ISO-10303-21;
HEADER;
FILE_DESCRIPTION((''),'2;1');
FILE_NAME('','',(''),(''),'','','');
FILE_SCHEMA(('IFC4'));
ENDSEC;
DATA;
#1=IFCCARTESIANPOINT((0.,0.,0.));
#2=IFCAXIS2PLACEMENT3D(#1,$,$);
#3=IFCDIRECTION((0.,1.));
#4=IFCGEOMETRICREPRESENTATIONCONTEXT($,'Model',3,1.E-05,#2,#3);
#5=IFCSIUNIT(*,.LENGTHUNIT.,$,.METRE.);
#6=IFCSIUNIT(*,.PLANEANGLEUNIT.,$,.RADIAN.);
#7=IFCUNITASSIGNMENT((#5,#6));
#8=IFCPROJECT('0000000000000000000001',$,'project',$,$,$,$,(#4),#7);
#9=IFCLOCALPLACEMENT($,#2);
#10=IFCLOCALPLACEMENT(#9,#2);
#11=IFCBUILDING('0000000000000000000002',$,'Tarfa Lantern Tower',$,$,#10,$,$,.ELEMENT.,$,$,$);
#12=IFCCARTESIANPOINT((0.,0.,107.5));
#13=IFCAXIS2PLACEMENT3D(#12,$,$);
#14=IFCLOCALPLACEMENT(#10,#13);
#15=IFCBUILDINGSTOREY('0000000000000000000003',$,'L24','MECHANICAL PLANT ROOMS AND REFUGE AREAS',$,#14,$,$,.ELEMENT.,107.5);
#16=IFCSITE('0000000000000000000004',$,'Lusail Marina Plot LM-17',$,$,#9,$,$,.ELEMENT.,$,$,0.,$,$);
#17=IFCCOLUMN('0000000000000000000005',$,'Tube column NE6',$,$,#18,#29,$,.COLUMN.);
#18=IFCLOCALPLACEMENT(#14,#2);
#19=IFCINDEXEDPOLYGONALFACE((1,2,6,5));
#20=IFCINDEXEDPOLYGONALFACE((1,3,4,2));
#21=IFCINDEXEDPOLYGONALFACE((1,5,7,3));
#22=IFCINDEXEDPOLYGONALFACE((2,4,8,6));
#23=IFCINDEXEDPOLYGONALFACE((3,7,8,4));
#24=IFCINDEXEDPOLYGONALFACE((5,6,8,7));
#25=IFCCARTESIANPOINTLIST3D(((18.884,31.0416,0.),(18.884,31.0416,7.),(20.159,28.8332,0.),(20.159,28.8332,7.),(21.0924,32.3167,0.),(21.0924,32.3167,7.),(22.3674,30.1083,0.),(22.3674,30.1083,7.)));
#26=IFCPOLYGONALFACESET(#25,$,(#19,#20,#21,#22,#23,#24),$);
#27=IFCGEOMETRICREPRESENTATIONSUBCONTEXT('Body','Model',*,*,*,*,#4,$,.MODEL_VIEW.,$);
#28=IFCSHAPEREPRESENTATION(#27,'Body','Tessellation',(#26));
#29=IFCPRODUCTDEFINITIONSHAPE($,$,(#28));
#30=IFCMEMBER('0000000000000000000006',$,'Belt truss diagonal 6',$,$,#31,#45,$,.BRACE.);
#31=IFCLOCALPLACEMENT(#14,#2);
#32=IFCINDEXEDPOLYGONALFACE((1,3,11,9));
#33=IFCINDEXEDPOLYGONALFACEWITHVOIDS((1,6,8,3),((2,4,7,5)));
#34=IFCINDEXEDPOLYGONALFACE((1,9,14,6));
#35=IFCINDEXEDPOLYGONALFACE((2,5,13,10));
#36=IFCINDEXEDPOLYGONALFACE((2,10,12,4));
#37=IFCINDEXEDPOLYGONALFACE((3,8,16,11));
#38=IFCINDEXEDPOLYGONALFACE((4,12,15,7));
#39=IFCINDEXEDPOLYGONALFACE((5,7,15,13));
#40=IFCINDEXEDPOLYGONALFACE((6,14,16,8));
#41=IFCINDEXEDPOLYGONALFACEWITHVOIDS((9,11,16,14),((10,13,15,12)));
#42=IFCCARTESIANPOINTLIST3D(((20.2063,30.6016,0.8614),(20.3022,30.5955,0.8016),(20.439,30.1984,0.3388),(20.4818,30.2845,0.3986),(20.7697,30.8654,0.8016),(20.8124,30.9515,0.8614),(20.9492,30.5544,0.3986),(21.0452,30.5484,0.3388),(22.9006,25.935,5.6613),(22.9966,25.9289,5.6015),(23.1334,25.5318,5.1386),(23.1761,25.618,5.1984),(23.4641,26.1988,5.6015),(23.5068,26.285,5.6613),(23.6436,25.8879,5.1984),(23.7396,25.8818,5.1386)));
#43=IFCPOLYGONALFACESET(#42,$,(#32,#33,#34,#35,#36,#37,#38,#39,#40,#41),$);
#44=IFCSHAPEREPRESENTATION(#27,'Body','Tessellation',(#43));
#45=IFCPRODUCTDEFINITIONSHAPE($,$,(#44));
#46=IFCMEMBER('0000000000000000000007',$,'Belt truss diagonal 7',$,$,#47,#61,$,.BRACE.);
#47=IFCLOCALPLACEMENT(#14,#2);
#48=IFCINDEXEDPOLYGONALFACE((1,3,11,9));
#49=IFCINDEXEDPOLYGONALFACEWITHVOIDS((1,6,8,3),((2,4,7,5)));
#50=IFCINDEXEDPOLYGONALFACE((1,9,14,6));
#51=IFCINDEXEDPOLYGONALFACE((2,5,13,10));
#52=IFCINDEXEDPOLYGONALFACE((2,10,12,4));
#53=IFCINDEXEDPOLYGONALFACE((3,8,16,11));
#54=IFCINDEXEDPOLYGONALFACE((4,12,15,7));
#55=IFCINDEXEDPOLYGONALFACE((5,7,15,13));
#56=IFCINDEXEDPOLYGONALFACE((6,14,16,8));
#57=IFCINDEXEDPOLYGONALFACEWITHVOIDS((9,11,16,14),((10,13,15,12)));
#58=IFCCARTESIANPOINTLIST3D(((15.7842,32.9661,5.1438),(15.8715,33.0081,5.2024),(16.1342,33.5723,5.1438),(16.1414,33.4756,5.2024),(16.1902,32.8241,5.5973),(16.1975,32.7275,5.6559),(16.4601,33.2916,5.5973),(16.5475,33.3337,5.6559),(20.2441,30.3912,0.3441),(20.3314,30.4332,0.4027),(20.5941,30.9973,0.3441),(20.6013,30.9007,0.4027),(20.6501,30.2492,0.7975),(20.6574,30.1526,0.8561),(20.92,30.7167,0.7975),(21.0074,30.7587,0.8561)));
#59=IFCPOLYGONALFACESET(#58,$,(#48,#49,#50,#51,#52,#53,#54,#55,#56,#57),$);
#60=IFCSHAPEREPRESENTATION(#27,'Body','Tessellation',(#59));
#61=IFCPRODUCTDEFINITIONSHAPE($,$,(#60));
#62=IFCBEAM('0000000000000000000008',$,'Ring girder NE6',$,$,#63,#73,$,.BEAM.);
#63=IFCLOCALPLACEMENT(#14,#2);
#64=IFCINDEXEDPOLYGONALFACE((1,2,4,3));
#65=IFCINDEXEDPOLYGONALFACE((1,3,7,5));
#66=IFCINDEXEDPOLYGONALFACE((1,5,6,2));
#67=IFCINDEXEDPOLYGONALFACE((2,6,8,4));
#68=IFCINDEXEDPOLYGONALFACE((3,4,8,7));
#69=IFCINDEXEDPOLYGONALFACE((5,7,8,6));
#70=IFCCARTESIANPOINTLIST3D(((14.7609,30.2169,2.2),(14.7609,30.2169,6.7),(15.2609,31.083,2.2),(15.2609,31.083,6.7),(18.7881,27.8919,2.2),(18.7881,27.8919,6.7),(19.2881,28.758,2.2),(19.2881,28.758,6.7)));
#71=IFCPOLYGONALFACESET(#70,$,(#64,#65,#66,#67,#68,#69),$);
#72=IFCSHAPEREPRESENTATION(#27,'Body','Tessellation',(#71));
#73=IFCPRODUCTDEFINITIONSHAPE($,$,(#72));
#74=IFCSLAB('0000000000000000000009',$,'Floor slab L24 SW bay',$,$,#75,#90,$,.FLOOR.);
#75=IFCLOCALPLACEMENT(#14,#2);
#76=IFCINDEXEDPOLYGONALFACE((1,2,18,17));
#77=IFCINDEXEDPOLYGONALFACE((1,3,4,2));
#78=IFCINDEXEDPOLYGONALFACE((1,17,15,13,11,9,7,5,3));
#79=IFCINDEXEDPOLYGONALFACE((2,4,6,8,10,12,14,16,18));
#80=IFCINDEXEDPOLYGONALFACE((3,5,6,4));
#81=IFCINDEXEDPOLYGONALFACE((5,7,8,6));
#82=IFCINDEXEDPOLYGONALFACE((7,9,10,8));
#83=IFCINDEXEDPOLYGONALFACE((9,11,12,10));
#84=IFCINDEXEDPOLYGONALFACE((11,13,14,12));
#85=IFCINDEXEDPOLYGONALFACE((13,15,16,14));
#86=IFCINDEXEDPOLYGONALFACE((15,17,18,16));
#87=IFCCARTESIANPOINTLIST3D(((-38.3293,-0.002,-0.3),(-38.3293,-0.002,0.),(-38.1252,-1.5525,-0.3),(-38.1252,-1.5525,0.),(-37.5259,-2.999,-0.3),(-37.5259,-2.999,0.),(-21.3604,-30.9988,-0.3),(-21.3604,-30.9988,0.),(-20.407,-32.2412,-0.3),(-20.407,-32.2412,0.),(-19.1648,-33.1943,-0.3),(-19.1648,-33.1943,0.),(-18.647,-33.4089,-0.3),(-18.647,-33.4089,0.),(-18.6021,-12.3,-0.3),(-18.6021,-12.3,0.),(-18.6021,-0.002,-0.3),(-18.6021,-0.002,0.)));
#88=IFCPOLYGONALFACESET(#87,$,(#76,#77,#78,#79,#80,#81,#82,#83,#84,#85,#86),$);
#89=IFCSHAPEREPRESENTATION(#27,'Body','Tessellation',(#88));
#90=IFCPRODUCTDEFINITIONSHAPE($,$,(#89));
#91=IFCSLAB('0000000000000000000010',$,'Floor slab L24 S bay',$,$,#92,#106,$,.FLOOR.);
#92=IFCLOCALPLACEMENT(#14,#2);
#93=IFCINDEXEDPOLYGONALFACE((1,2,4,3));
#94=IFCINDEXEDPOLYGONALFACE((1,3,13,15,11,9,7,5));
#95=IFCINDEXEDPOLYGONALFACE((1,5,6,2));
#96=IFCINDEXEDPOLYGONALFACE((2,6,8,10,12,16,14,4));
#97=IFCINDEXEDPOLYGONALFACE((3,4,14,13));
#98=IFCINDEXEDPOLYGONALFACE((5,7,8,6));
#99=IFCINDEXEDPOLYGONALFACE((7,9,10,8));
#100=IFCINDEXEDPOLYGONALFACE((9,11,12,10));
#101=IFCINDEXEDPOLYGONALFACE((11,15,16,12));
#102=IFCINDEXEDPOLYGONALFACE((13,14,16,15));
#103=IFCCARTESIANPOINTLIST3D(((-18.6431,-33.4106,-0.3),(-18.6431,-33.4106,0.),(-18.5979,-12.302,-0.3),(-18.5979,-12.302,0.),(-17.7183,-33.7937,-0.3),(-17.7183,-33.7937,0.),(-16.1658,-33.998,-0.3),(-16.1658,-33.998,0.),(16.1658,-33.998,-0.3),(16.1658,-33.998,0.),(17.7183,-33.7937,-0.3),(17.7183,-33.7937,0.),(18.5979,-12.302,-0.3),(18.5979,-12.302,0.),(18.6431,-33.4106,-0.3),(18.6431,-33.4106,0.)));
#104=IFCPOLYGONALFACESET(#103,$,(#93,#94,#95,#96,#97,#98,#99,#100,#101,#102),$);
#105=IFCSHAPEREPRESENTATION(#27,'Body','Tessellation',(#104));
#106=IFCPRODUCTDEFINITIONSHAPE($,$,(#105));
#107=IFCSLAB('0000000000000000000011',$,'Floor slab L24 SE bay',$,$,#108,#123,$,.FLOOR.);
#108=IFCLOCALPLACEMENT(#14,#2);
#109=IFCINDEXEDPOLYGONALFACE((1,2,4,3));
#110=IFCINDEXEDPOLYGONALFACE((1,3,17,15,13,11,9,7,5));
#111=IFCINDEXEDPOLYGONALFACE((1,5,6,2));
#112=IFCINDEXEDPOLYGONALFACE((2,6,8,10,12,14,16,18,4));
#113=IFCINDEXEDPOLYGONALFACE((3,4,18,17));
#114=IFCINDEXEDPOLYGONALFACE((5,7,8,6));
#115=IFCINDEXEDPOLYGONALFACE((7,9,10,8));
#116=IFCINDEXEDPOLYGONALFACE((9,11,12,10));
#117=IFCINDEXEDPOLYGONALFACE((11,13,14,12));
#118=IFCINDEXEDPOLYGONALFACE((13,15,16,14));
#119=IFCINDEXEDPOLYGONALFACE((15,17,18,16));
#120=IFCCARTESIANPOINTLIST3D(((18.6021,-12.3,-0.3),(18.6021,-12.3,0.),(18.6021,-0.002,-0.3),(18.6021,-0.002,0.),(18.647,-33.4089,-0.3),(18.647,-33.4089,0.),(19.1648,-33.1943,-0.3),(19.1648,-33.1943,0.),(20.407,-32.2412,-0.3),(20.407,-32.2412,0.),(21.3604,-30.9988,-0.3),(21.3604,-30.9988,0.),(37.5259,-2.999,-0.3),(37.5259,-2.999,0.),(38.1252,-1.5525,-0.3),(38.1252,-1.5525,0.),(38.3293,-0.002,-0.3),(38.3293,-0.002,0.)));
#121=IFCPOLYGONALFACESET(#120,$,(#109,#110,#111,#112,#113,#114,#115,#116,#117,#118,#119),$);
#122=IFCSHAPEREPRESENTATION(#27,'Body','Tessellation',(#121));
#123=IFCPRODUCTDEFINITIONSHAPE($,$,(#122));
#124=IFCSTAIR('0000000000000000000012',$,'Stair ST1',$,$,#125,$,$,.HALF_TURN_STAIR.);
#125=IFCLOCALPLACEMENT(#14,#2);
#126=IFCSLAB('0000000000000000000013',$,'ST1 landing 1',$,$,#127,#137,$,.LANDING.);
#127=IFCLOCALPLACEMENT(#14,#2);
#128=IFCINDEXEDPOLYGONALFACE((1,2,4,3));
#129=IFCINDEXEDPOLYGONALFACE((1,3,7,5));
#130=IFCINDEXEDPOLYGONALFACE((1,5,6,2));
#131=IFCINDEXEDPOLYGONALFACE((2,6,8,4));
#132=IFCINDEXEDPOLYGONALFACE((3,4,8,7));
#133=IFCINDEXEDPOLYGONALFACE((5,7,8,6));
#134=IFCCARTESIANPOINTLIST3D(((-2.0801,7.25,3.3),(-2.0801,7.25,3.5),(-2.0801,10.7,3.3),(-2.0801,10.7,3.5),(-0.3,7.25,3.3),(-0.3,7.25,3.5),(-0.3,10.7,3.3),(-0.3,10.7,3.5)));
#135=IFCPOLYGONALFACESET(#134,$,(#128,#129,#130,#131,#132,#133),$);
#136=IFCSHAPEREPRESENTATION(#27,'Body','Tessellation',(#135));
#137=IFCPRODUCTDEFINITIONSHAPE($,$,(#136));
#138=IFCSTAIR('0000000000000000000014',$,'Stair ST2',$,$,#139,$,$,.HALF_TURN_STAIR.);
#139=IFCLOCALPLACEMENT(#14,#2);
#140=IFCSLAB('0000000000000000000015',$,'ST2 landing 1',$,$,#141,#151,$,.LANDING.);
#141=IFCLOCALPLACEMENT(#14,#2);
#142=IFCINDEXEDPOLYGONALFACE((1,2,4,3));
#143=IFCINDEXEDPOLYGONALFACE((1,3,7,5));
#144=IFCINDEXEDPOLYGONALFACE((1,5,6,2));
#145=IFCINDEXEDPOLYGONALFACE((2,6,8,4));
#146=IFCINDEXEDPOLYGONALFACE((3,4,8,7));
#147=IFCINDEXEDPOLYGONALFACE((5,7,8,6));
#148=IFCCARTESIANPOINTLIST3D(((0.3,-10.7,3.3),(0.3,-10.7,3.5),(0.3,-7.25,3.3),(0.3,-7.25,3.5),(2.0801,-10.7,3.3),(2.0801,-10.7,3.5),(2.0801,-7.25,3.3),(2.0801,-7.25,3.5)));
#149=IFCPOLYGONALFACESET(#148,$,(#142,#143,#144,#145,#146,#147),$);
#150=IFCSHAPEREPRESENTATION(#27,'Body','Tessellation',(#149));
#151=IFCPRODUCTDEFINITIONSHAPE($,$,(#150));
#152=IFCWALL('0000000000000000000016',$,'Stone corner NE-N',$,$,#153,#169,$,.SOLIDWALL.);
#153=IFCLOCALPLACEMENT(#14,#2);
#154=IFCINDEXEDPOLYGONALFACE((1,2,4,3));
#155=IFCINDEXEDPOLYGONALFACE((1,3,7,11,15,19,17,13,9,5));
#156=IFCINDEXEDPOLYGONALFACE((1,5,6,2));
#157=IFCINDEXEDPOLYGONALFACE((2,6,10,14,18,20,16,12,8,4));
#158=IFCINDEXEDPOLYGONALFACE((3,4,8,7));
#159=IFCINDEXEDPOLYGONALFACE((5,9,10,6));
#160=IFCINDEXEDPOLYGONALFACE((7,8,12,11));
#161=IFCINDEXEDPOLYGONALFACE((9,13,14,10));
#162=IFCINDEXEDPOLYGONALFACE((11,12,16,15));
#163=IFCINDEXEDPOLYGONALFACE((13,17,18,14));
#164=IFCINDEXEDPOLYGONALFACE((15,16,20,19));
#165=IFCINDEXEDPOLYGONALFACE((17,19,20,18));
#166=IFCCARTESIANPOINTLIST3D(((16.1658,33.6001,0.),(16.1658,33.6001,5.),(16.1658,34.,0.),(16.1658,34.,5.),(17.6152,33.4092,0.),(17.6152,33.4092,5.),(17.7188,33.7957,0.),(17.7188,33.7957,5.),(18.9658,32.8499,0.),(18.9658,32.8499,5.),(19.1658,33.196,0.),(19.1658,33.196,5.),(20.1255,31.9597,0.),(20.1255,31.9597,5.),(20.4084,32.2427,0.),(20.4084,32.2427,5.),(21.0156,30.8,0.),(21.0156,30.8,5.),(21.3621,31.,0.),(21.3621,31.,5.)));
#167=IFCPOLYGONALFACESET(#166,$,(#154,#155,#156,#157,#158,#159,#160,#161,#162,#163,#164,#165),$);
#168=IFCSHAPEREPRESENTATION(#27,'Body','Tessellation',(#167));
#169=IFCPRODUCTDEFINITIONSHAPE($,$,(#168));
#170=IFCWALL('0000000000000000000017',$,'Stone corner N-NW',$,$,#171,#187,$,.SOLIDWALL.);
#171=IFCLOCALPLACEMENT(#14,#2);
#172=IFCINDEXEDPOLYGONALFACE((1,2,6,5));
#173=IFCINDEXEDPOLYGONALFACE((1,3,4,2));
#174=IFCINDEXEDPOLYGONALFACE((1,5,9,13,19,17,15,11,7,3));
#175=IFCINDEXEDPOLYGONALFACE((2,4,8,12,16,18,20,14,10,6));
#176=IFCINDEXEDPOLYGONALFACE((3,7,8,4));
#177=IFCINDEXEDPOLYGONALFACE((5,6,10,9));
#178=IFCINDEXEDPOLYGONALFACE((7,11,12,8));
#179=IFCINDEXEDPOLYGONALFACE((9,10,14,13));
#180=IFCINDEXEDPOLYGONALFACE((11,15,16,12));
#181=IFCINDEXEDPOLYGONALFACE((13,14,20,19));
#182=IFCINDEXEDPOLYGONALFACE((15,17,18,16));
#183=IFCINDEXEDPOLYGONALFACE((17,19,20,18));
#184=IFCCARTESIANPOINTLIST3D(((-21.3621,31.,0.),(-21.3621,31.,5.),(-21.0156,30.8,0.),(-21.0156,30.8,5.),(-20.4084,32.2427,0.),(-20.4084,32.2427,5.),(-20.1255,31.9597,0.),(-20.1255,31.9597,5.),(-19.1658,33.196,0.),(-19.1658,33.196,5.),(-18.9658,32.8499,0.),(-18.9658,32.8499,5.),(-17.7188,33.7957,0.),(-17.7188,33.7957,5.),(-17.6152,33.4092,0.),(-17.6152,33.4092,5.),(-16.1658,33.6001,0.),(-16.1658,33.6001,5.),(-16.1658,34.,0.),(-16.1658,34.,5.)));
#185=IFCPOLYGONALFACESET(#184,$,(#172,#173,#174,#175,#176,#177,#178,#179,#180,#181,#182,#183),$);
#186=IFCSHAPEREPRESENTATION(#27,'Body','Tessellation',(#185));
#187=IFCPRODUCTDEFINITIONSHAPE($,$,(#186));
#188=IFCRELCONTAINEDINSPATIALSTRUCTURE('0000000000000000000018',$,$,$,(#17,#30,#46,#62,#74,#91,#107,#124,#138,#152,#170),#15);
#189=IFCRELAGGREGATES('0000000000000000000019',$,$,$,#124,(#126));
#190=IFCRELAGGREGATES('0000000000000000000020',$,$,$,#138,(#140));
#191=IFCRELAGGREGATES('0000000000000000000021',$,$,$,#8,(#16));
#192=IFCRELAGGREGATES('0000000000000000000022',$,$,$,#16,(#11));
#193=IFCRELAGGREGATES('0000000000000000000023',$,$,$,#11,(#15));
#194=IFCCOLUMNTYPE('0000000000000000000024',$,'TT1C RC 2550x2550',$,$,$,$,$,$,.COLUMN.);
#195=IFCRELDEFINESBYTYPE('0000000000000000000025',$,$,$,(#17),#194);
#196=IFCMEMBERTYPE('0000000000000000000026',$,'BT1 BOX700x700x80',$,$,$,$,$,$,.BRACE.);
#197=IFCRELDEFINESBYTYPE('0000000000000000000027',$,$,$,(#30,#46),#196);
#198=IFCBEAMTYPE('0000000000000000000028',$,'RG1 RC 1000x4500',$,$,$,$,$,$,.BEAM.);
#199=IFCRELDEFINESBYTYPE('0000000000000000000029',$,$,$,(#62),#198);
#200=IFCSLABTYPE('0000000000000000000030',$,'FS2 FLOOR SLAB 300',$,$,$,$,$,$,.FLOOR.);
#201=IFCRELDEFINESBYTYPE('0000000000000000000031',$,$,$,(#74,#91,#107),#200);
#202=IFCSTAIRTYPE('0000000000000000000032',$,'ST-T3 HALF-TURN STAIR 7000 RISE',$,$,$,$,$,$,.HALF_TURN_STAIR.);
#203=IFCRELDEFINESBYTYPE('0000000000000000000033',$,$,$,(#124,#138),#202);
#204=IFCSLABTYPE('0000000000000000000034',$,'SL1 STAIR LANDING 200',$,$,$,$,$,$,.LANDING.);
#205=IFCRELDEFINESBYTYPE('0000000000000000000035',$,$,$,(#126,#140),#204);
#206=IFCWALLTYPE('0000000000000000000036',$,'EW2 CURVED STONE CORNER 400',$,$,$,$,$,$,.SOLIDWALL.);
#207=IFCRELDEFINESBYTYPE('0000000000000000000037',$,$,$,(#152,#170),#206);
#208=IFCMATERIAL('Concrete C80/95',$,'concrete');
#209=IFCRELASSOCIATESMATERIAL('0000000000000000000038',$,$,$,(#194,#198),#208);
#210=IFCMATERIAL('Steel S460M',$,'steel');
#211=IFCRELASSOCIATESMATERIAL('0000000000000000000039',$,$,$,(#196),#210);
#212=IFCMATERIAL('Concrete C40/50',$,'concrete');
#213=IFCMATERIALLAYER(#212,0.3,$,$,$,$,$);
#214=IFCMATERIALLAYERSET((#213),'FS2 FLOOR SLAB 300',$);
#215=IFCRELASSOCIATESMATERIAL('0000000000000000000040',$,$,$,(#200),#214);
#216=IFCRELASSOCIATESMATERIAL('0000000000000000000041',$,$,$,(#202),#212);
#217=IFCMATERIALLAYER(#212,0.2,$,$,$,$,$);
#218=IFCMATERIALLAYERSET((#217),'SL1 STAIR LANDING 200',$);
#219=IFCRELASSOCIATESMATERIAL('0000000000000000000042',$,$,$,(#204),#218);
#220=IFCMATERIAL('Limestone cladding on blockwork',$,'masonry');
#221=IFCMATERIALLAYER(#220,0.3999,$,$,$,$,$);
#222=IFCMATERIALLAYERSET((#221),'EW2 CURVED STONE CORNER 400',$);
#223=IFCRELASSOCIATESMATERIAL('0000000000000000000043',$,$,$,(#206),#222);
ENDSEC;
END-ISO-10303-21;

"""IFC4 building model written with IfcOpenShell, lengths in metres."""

from ifc_helpers import new_model, si_unit, direction, frame, origin, origin_2d, place, context, subcontext, project, spatial, polyline, rectangle, hollow_rectangle, outline, extrude, material, layer, layer_set, material_profile, profile_set, type_object, element, aggregate, save


model = new_model("IFC4")

# Units and contexts
model_context = context("Model", 3, precision=1e-05, world=origin(), true_north=direction((0.0, 1.0)))
body_context = subcontext(model_context, "Body", "Model", "MODEL_VIEW")
ifc_project = project(units=[si_unit("LENGTHUNIT", "METRE"), si_unit("PLANEANGLEUNIT", "RADIAN")], contexts=[model_context])

# Site, building, storey
site_placement = place(None, origin())
site = spatial("IfcSite", under=ifc_project, at=site_placement, Name="Lusail Marina Plot LM-17", CompositionType="ELEMENT", RefElevation=0.0)
building_placement = place(site_placement, origin())
building = spatial("IfcBuilding", under=site, at=building_placement, Name="Tarfa Lantern Tower", CompositionType="ELEMENT")
storey_placement = place(building_placement, frame((0.0, 0.0, 107.5)))
storey = spatial("IfcBuildingStorey", under=building, at=storey_placement, Name="L24", Description="MECHANICAL PLANT ROOMS AND REFUGE AREAS", CompositionType="ELEMENT", Elevation=107.5)

# Column
ifc_material_1 = material(Name="Concrete C80/95", Category="concrete")
ifc_material_profile_1 = material_profile(ifc_material_1, rectangle(XDim=2.55, YDim=2.55, at=origin_2d()), Name="RC 2550x2550")
ifc_profile_set_1 = profile_set([ifc_material_profile_1], Name="Concrete C80/95")
column_type = type_object("IfcColumnType", Name="TT1C RC 2550x2550", PredefinedType="COLUMN", material=ifc_profile_set_1)
column_placement = place(storey_placement, frame((20.6257, 30.575, 0.0), z_axis=(0.0, 0.0, 1.0), x_axis=(-0.5, 0.866025, 0.0)))
element("IfcColumn", 1, at=column_placement, inside=storey, type_object=column_type, Name="Tube column NE6", PredefinedType="COLUMN", context=body_context, shape_type="SweptSolid", body=[
    extrude(rectangle(XDim=2.55, YDim=2.55, at=origin_2d()), origin(), (0.0, 0.0, 1.0), 7.0),
])

# Members
ifc_material_2 = material(Name="Steel S460M", Category="steel")
ifc_material_profile_2 = material_profile(ifc_material_2, hollow_rectangle(XDim=0.7, YDim=0.7, WallThickness=0.0801, at=origin_2d()), Name="BOX700x700x80")
ifc_profile_set_2 = profile_set([ifc_material_profile_2], Name="Steel S460M")
member_type = type_object("IfcMemberType", Name="BT1 BOX700x700x80", PredefinedType="BRACE", material=ifc_profile_set_2)
member_1_placement = place(storey_placement, frame((20.6257, 30.575, 0.6001), z_axis=(0.373372, -0.646669, 0.665141), x_axis=(0.866015, 0.500018, 0.0)))
element("IfcMember", 2, at=member_1_placement, inside=storey, type_object=member_type, Name="Belt truss diagonal 6", PredefinedType="BRACE", context=body_context, shape_type="SweptSolid", body=[
    extrude(hollow_rectangle(XDim=0.7, YDim=0.7, WallThickness=0.0801, at=origin_2d()), origin(), (0.0, 0.0, 1.0), 7.2163),
])
member_2_placement = place(storey_placement, frame((20.6257, 30.575, 0.6001), z_axis=(-0.633529, 0.365767, 0.681803), x_axis=(-0.499999, -0.866026, 0.0)))
element("IfcMember", 3, at=member_2_placement, inside=storey, type_object=member_type, Name="Belt truss diagonal 7", PredefinedType="BRACE", context=body_context, shape_type="SweptSolid", body=[
    extrude(hollow_rectangle(XDim=0.7, YDim=0.7, WallThickness=0.0801, at=origin_2d()), origin(), (0.0, 0.0, 1.0), 7.0398),
])

# Beam
ifc_material_profile_3 = material_profile(ifc_material_1, rectangle(XDim=1.0, YDim=4.5, at=origin_2d()), Name="RC 1000x4500")
ifc_profile_set_3 = profile_set([ifc_material_profile_3], Name="Concrete C80/95")
beam_type = type_object("IfcBeamType", Name="RG1 RC 1000x4500", PredefinedType="BEAM", material=ifc_profile_set_3)
beam_placement = place(storey_placement, frame((19.0381, 28.325, 4.45), z_axis=(-0.866034, 0.499985, 0.0), x_axis=(-0.499985, -0.866034, 0.0)))
element("IfcBeam", 4, at=beam_placement, inside=storey, type_object=beam_type, Name="Ring girder NE6", PredefinedType="BEAM", context=body_context, shape_type="SweptSolid", body=[
    extrude(rectangle(XDim=1.0, YDim=4.5, at=origin_2d()), origin(), (0.0, 0.0, 1.0), 4.6501),
])

# Slabs
ifc_material_3 = material(Name="Concrete C40/50", Category="concrete")
ifc_layer_1 = layer(ifc_material_3, 0.3)
ifc_layer_set_1 = layer_set([ifc_layer_1], Name="FS2 FLOOR SLAB 300")
slab_type_1 = type_object("IfcSlabType", Name="FS2 FLOOR SLAB 300", PredefinedType="FLOOR", material=ifc_layer_set_1)
slab_1_placement = place(storey_placement, frame((0.0, 0.0, -0.3)))
element("IfcSlab", 5, at=slab_1_placement, inside=storey, type_object=slab_type_1, Name="Floor slab L24 SW bay", PredefinedType="FLOOR", context=body_context, shape_type="SweptSolid", body=[
    extrude(outline(polyline([(-18.6021, -12.3), (-18.6021, -0.002), (-38.3293, -0.002), (-38.1252, -1.5525), (-37.5259, -2.999), (-21.3604, -30.9988), (-20.407, -32.2412), (-19.1648, -33.1943), (-18.647, -33.4089), (-18.6021, -12.3)])), origin(), (0.0, 0.0, 1.0), 0.3),
])
slab_2_placement = place(storey_placement, frame((0.0, 0.0, -0.3)))
element("IfcSlab", 6, at=slab_2_placement, inside=storey, type_object=slab_type_1, Name="Floor slab L24 S bay", PredefinedType="FLOOR", context=body_context, shape_type="SweptSolid", body=[
    extrude(outline(polyline([(18.5979, -12.302), (-18.5979, -12.302), (-18.6431, -33.4106), (-17.7183, -33.7937), (-16.1658, -33.998), (16.1658, -33.998), (17.7183, -33.7937), (18.6431, -33.4106), (18.5979, -12.302)])), origin(), (0.0, 0.0, 1.0), 0.3),
])
slab_3_placement = place(storey_placement, frame((0.0, 0.0, -0.3)))
element("IfcSlab", 7, at=slab_3_placement, inside=storey, type_object=slab_type_1, Name="Floor slab L24 SE bay", PredefinedType="FLOOR", context=body_context, shape_type="SweptSolid", body=[
    extrude(outline(polyline([(18.6021, -0.002), (18.6021, -12.3), (18.647, -33.4089), (19.1648, -33.1943), (20.407, -32.2412), (21.3604, -30.9988), (37.5259, -2.999), (38.1252, -1.5525), (38.3293, -0.002), (18.6021, -0.002)])), origin(), (0.0, 0.0, 1.0), 0.3),
])

# Stairs, slabs
stair_type = type_object("IfcStairType", Name="ST-T3 HALF-TURN STAIR 7000 RISE", PredefinedType="HALF_TURN_STAIR", material=ifc_material_3)
stair_1_placement = place(storey_placement, origin())
stair_1 = element("IfcStair", 8, at=stair_1_placement, inside=storey, type_object=stair_type, Name="Stair ST1", PredefinedType="HALF_TURN_STAIR")
ifc_layer_2 = layer(ifc_material_3, 0.2)
ifc_layer_set_2 = layer_set([ifc_layer_2], Name="SL1 STAIR LANDING 200")
slab_type_2 = type_object("IfcSlabType", Name="SL1 STAIR LANDING 200", PredefinedType="LANDING", material=ifc_layer_set_2)
slab_4_placement = place(storey_placement, frame((0.0, 0.0, 3.3)))
slab_4 = element("IfcSlab", 9, at=slab_4_placement, type_object=slab_type_2, Name="ST1 landing 1", PredefinedType="LANDING", context=body_context, shape_type="SweptSolid", body=[
    extrude(outline(polyline([(-2.0801, 7.25), (-0.3, 7.25), (-0.3, 10.7), (-2.0801, 10.7), (-2.0801, 7.25)])), origin(), (0.0, 0.0, 1.0), 0.2),
])
aggregate(stair_1, [slab_4])
stair_2_placement = place(storey_placement, origin())
stair_2 = element("IfcStair", 10, at=stair_2_placement, inside=storey, type_object=stair_type, Name="Stair ST2", PredefinedType="HALF_TURN_STAIR")
slab_5_placement = place(storey_placement, frame((0.0, 0.0, 3.3)))
slab_5 = element("IfcSlab", 11, at=slab_5_placement, type_object=slab_type_2, Name="ST2 landing 1", PredefinedType="LANDING", context=body_context, shape_type="SweptSolid", body=[
    extrude(outline(polyline([(2.0801, -7.25), (0.3, -7.25), (0.3, -10.7), (2.0801, -10.7), (2.0801, -7.25)])), origin(), (0.0, 0.0, 1.0), 0.2),
])
aggregate(stair_2, [slab_5])

# Walls
ifc_material_4 = material(Name="Limestone cladding on blockwork", Category="masonry")
ifc_layer_3 = layer(ifc_material_4, 0.3999)
ifc_layer_set_3 = layer_set([ifc_layer_3], Name="EW2 CURVED STONE CORNER 400")
wall_type_1 = type_object("IfcWallType", Name="EW2 CURVED STONE CORNER 400", PredefinedType="SOLIDWALL", material=ifc_layer_set_3)
wall_1_placement = place(storey_placement, origin())
element("IfcWall", 12, at=wall_1_placement, inside=storey, type_object=wall_type_1, Name="Stone corner NE-N", PredefinedType="SOLIDWALL", context=body_context, shape_type="SweptSolid", body=[
    extrude(outline(polyline([(21.3621, 31.0), (20.4084, 32.2427), (19.1658, 33.196), (17.7188, 33.7957), (16.1658, 34.0), (16.1658, 33.6001), (17.6152, 33.4092), (18.9658, 32.8499), (20.1255, 31.9597), (21.0156, 30.8), (21.3621, 31.0)])), origin(), (0.0, 0.0, 1.0), 5.0),
])
wall_2_placement = place(storey_placement, origin())
element("IfcWall", 13, at=wall_2_placement, inside=storey, type_object=wall_type_1, Name="Stone corner N-NW", PredefinedType="SOLIDWALL", context=body_context, shape_type="SweptSolid", body=[
    extrude(outline(polyline([(-16.1658, 34.0), (-17.7188, 33.7957), (-19.1658, 33.196), (-20.4084, 32.2427), (-21.3621, 31.0), (-21.0156, 30.8), (-20.1255, 31.9597), (-18.9658, 32.8499), (-17.6152, 33.4092), (-16.1658, 33.6001), (-16.1658, 34.0)])), origin(), (0.0, 0.0, 1.0), 5.0),
])

save(model, "model.ifc")
